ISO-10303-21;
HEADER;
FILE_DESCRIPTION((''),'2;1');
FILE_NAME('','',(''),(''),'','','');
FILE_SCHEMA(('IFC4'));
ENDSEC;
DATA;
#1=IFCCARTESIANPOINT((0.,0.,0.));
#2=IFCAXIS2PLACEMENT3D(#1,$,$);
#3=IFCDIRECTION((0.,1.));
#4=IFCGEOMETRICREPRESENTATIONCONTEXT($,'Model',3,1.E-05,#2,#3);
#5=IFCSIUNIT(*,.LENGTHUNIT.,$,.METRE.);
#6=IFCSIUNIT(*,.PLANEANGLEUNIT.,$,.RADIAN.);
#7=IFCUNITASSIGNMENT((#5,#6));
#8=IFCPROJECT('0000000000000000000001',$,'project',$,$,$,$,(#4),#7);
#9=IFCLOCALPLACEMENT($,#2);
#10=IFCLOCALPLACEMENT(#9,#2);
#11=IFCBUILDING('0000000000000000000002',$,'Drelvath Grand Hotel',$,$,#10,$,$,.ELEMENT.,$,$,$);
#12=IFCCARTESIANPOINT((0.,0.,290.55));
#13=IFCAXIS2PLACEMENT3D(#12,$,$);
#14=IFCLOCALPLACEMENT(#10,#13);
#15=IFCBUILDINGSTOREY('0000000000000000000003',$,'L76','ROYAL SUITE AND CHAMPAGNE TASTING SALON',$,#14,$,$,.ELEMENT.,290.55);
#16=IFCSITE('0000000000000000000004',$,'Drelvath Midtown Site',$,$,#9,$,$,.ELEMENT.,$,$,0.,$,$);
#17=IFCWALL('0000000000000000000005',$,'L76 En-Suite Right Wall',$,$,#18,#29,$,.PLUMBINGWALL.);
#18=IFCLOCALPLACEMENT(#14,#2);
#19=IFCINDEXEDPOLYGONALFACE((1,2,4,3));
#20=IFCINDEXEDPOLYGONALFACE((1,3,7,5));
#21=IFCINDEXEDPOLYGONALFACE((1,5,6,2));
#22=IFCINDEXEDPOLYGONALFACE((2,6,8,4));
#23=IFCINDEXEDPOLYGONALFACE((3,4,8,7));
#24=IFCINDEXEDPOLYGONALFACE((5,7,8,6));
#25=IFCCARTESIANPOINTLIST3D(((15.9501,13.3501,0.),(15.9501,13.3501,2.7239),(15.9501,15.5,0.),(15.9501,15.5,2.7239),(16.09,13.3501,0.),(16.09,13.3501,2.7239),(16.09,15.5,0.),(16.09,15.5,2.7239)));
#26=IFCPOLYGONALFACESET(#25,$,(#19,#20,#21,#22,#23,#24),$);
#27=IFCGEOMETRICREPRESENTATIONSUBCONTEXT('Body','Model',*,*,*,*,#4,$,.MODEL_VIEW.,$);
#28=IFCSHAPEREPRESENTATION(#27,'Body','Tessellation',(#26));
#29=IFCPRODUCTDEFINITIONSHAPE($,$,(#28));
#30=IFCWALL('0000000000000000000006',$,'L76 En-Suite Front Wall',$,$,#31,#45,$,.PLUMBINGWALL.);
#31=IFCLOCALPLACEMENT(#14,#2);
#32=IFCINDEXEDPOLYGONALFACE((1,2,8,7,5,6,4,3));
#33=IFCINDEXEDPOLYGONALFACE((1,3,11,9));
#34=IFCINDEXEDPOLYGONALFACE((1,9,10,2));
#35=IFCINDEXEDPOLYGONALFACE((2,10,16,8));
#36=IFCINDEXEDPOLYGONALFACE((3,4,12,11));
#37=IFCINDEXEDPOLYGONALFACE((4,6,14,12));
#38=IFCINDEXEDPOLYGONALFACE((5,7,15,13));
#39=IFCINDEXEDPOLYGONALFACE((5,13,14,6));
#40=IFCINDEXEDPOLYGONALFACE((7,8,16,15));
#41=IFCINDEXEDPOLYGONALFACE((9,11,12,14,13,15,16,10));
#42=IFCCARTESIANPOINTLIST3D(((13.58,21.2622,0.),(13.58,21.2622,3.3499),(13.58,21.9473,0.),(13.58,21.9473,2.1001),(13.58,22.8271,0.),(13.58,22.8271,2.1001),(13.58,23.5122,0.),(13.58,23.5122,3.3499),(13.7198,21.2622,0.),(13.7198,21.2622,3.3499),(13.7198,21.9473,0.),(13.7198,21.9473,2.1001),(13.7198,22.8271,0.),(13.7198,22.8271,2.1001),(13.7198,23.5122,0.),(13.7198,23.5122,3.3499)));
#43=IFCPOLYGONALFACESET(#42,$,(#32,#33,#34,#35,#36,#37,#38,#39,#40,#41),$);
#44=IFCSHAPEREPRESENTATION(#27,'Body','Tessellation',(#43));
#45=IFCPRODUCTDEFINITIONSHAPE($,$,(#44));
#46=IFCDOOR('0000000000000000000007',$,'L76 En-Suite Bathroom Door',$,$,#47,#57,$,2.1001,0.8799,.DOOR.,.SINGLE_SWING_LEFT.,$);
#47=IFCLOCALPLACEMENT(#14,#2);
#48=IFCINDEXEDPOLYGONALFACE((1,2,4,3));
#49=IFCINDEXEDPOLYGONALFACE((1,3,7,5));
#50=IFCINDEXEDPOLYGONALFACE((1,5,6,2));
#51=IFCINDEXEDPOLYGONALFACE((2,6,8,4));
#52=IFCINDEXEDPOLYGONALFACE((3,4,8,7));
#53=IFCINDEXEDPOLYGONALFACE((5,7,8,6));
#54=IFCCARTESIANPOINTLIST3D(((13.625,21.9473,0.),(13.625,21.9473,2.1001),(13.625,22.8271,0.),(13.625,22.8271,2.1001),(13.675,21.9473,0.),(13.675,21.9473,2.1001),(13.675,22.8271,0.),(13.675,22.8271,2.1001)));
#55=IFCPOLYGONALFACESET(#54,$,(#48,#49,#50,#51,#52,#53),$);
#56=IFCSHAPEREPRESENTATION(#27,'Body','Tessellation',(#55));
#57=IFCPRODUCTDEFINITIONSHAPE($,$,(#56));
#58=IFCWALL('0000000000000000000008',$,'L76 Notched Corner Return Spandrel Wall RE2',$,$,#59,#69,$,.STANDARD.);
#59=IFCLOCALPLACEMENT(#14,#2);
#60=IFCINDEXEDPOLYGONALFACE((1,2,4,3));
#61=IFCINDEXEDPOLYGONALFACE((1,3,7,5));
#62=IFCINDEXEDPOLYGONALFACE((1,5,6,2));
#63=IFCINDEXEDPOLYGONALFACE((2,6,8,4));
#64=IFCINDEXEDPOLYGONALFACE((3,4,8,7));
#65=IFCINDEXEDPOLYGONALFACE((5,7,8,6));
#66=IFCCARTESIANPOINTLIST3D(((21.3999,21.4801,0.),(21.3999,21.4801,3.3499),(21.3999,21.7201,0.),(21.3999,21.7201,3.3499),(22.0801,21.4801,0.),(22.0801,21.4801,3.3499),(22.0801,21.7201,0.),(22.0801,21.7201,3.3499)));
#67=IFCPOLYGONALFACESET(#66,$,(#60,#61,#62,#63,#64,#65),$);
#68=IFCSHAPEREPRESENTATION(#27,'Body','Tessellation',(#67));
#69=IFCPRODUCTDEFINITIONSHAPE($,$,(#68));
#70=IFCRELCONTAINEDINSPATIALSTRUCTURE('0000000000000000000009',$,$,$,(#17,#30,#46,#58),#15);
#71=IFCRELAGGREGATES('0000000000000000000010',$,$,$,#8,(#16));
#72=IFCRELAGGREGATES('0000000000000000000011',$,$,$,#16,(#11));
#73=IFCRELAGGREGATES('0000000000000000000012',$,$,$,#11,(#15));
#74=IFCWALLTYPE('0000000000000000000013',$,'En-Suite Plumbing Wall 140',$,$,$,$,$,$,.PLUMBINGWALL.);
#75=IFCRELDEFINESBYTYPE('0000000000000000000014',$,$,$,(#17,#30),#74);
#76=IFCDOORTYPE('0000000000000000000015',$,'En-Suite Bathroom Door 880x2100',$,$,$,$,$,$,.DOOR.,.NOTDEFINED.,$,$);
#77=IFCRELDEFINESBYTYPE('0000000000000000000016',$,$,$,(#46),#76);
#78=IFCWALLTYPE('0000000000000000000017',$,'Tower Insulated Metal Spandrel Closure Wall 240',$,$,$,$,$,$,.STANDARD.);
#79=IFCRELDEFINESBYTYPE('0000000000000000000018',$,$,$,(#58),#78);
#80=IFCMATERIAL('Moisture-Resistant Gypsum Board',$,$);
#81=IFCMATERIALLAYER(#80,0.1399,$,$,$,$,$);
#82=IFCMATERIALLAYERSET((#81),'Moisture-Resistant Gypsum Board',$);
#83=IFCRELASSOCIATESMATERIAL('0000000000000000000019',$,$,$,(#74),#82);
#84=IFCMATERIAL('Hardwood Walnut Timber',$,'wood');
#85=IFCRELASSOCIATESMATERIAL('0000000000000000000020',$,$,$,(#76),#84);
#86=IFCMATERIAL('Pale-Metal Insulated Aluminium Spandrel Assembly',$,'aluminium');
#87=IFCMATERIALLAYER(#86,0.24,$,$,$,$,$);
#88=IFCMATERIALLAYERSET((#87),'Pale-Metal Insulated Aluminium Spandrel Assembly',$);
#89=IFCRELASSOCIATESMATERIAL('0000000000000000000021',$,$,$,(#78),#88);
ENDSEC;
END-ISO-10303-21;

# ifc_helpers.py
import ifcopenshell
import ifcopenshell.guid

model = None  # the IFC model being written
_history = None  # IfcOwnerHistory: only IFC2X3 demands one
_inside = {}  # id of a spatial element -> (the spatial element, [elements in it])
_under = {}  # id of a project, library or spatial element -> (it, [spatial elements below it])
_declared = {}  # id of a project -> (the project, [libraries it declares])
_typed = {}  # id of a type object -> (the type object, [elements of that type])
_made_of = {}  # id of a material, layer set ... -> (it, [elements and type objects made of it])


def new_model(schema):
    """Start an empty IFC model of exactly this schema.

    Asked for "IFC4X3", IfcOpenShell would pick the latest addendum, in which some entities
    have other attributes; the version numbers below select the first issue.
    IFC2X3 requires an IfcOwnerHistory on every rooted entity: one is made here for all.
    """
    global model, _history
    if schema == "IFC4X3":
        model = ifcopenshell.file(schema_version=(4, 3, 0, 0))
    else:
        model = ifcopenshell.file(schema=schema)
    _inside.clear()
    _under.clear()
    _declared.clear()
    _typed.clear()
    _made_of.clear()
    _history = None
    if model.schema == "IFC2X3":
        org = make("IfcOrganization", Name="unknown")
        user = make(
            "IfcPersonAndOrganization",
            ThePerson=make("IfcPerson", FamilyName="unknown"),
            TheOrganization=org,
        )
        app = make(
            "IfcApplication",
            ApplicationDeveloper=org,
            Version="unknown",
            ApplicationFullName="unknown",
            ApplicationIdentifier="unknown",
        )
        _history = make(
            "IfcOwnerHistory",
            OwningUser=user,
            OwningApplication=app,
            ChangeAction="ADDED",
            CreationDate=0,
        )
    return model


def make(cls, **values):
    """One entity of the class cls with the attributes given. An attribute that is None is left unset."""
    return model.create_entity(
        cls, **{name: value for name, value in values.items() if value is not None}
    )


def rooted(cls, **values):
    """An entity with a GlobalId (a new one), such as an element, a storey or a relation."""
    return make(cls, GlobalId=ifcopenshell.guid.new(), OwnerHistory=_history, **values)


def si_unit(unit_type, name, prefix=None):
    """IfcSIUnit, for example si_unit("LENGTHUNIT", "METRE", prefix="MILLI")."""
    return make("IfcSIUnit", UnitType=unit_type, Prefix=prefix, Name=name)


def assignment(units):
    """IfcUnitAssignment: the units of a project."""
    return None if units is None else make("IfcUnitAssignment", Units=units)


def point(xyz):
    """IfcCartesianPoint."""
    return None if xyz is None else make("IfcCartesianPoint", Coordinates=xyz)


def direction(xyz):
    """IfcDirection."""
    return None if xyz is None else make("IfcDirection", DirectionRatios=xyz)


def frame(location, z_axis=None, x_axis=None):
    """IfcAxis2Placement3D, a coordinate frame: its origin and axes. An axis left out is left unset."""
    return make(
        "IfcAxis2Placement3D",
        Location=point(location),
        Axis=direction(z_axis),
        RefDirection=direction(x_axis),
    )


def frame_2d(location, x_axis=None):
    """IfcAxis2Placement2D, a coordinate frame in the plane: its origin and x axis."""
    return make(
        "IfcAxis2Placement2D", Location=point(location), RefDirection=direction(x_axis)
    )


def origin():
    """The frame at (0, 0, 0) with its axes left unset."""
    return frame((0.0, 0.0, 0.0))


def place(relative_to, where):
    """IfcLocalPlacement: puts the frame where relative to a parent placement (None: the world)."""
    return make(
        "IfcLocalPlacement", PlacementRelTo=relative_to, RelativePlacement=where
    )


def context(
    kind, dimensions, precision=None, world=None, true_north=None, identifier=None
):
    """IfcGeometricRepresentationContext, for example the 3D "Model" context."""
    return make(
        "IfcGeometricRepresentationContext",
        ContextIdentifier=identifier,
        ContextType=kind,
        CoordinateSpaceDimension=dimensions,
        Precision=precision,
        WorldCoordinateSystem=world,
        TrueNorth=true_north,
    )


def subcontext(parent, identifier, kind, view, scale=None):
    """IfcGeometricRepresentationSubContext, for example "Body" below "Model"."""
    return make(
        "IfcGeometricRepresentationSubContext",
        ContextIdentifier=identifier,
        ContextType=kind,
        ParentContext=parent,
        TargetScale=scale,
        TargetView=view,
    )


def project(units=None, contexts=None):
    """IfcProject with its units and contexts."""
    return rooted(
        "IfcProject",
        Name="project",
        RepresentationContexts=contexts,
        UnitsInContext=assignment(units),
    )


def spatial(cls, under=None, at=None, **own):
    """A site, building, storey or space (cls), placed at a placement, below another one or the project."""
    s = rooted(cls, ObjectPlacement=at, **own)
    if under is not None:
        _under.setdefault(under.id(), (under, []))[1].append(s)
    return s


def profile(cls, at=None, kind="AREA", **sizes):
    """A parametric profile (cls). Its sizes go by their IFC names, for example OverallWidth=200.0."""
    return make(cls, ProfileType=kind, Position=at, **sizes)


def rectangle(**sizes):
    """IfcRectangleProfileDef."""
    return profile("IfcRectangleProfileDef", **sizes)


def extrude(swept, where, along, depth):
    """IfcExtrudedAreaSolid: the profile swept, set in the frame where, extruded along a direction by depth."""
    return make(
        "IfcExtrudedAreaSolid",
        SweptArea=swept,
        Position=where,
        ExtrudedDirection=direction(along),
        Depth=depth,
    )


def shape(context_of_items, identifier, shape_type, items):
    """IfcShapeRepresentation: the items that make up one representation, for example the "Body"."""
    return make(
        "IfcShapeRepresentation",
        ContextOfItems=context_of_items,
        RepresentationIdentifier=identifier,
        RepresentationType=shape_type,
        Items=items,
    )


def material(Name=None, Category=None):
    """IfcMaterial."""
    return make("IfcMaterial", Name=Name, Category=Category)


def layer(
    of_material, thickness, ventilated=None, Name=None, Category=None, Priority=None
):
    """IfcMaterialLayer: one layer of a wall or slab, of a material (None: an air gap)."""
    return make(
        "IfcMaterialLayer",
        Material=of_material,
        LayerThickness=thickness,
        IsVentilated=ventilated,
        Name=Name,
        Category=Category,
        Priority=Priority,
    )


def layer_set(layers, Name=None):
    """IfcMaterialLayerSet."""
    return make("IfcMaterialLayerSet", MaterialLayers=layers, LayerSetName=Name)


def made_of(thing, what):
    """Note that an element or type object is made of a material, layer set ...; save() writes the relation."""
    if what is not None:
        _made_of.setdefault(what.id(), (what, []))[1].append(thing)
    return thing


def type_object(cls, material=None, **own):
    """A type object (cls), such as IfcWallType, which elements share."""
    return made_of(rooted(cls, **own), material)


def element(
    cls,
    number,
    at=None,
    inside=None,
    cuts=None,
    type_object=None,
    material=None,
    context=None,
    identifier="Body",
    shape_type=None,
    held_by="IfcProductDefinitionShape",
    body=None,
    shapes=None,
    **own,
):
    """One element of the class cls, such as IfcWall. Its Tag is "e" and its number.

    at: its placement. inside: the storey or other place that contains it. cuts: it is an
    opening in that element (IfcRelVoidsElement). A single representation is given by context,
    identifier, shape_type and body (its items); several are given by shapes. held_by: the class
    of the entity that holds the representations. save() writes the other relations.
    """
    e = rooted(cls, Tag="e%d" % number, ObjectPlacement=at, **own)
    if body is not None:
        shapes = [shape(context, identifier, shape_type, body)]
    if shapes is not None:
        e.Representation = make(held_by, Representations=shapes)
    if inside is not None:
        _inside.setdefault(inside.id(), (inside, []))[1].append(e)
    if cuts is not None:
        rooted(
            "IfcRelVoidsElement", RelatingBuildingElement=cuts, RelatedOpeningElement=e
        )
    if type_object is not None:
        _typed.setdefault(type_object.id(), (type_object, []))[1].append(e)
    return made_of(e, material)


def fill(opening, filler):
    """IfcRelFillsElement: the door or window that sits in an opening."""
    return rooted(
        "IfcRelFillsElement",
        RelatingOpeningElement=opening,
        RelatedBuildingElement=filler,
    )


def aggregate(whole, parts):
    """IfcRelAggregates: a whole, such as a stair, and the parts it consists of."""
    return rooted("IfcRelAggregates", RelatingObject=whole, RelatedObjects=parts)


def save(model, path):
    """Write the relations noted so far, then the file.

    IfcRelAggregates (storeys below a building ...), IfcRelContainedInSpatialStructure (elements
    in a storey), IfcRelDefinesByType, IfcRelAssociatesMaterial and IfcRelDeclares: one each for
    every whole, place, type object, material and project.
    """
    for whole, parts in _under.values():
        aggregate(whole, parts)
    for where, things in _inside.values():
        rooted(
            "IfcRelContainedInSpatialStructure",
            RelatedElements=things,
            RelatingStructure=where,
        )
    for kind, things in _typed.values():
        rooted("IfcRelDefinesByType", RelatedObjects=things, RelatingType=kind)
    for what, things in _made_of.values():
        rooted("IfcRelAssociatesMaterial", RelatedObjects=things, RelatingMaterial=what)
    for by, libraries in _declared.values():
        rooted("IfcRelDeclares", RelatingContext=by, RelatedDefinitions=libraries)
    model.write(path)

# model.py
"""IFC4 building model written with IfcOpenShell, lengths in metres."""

from ifc_helpers import new_model, si_unit, direction, frame, frame_2d, origin, place, context, subcontext, project, spatial, rectangle, extrude, material, layer, layer_set, type_object, element, fill, save


model = new_model("IFC4")

# Units and contexts
model_context = context("Model", 3, precision=1e-05, world=origin(), true_north=direction((0.0, 1.0)))
body_context = subcontext(model_context, "Body", "Model", "MODEL_VIEW")
ifc_project = project(units=[si_unit("LENGTHUNIT", "METRE"), si_unit("PLANEANGLEUNIT", "RADIAN")], contexts=[model_context])

# Site, building, storey
site_placement = place(None, origin())
site = spatial("IfcSite", under=ifc_project, at=site_placement, Name="Drelvath Midtown Site", CompositionType="ELEMENT", RefElevation=0.0)
building_placement = place(site_placement, origin())
building = spatial("IfcBuilding", under=site, at=building_placement, Name="Drelvath Grand Hotel", CompositionType="ELEMENT")
storey_placement = place(building_placement, frame((0.0, 0.0, 290.55)))
storey = spatial("IfcBuildingStorey", under=building, at=storey_placement, Name="L76", Description="ROYAL SUITE AND CHAMPAGNE TASTING SALON", CompositionType="ELEMENT", Elevation=290.55)

# Wall
ifc_material_1 = material(Name="Moisture-Resistant Gypsum Board")
ifc_layer_1 = layer(ifc_material_1, 0.1399)
ifc_layer_set_1 = layer_set([ifc_layer_1], Name="Moisture-Resistant Gypsum Board")
wall_type_1 = type_object("IfcWallType", Name="En-Suite Plumbing Wall 140", PredefinedType="PLUMBINGWALL", material=ifc_layer_set_1)
wall_1_placement = place(storey_placement, frame((16.02, 15.5, 0.0), z_axis=(0.0, 0.0, 1.0), x_axis=(0.0, -1.0, 0.0)))
element("IfcWall", 1, at=wall_1_placement, inside=storey, type_object=wall_type_1, Name="L76 En-Suite Right Wall", PredefinedType="PLUMBINGWALL", context=body_context, shape_type="SweptSolid", body=[
    extrude(rectangle(XDim=2.1499, YDim=0.1399, at=frame_2d((1.075, 0.0))), origin(), (0.0, 0.0, 1.0), 2.7239),
])

# Wall, opening, door
wall_2_placement = place(storey_placement, frame((13.6499, 21.2622, 0.0), z_axis=(0.0, 0.0, 1.0), x_axis=(0.0, 1.0, 0.0)))
wall_2 = element("IfcWall", 2, at=wall_2_placement, inside=storey, type_object=wall_type_1, Name="L76 En-Suite Front Wall", PredefinedType="PLUMBINGWALL", context=body_context, shape_type="SweptSolid", body=[
    extrude(rectangle(XDim=2.25, YDim=0.1399, at=frame_2d((1.125, 0.0))), origin(), (0.0, 0.0, 1.0), 3.3499),
])
opening_placement = place(wall_2_placement, frame((0.6851, 0.0, 0.0)))
opening = element("IfcOpeningElement", 3, at=opening_placement, cuts=wall_2, PredefinedType="OPENING", context=body_context, shape_type="SweptSolid", body=[
    extrude(rectangle(XDim=0.8799, YDim=2.1001, at=frame_2d((0.4399, 1.05))), frame((0.0, 0.0798, 0.0), z_axis=(0.0, -1.0, 0.0), x_axis=(1.0, 0.0, 0.0)), (0.0, 0.0, 1.0), 0.1599),
])
ifc_material_2 = material(Name="Hardwood Walnut Timber", Category="wood")
door_type = type_object("IfcDoorType", Name="En-Suite Bathroom Door 880x2100", OperationType="NOTDEFINED", PredefinedType="DOOR", material=ifc_material_2)
door_placement = place(opening_placement, origin())
door = element("IfcDoor", 4, at=door_placement, inside=storey, type_object=door_type, Name="L76 En-Suite Bathroom Door", OperationType="SINGLE_SWING_LEFT", OverallHeight=2.1001, OverallWidth=0.8799, PredefinedType="DOOR", context=body_context, shape_type="SweptSolid", body=[
    extrude(rectangle(XDim=0.8799, YDim=2.1001, at=frame_2d((0.4399, 1.05))), frame((0.0, 0.0249, 0.0), z_axis=(0.0, -1.0, 0.0), x_axis=(1.0, 0.0, 0.0)), (0.0, 0.0, 1.0), 0.05),
])
fill(opening, door)

# Wall
ifc_material_3 = material(Name="Pale-Metal Insulated Aluminium Spandrel Assembly", Category="aluminium")
ifc_layer_2 = layer(ifc_material_3, 0.24)
ifc_layer_set_2 = layer_set([ifc_layer_2], Name="Pale-Metal Insulated Aluminium Spandrel Assembly")
wall_type_2 = type_object("IfcWallType", Name="Tower Insulated Metal Spandrel Closure Wall 240", PredefinedType="STANDARD", material=ifc_layer_set_2)
wall_3_placement = place(storey_placement, frame((21.3999, 21.6001, 0.0), z_axis=(0.0, 0.0, 1.0), x_axis=(1.0, 0.0, 0.0)))
element("IfcWall", 5, at=wall_3_placement, inside=storey, type_object=wall_type_2, Name="L76 Notched Corner Return Spandrel Wall RE2", PredefinedType="STANDARD", context=body_context, shape_type="SweptSolid", body=[
    extrude(rectangle(XDim=0.6802, YDim=0.24, at=frame_2d((0.3401, 0.0))), origin(), (0.0, 0.0, 1.0), 3.3499),
])

save(model, "model.ifc")
